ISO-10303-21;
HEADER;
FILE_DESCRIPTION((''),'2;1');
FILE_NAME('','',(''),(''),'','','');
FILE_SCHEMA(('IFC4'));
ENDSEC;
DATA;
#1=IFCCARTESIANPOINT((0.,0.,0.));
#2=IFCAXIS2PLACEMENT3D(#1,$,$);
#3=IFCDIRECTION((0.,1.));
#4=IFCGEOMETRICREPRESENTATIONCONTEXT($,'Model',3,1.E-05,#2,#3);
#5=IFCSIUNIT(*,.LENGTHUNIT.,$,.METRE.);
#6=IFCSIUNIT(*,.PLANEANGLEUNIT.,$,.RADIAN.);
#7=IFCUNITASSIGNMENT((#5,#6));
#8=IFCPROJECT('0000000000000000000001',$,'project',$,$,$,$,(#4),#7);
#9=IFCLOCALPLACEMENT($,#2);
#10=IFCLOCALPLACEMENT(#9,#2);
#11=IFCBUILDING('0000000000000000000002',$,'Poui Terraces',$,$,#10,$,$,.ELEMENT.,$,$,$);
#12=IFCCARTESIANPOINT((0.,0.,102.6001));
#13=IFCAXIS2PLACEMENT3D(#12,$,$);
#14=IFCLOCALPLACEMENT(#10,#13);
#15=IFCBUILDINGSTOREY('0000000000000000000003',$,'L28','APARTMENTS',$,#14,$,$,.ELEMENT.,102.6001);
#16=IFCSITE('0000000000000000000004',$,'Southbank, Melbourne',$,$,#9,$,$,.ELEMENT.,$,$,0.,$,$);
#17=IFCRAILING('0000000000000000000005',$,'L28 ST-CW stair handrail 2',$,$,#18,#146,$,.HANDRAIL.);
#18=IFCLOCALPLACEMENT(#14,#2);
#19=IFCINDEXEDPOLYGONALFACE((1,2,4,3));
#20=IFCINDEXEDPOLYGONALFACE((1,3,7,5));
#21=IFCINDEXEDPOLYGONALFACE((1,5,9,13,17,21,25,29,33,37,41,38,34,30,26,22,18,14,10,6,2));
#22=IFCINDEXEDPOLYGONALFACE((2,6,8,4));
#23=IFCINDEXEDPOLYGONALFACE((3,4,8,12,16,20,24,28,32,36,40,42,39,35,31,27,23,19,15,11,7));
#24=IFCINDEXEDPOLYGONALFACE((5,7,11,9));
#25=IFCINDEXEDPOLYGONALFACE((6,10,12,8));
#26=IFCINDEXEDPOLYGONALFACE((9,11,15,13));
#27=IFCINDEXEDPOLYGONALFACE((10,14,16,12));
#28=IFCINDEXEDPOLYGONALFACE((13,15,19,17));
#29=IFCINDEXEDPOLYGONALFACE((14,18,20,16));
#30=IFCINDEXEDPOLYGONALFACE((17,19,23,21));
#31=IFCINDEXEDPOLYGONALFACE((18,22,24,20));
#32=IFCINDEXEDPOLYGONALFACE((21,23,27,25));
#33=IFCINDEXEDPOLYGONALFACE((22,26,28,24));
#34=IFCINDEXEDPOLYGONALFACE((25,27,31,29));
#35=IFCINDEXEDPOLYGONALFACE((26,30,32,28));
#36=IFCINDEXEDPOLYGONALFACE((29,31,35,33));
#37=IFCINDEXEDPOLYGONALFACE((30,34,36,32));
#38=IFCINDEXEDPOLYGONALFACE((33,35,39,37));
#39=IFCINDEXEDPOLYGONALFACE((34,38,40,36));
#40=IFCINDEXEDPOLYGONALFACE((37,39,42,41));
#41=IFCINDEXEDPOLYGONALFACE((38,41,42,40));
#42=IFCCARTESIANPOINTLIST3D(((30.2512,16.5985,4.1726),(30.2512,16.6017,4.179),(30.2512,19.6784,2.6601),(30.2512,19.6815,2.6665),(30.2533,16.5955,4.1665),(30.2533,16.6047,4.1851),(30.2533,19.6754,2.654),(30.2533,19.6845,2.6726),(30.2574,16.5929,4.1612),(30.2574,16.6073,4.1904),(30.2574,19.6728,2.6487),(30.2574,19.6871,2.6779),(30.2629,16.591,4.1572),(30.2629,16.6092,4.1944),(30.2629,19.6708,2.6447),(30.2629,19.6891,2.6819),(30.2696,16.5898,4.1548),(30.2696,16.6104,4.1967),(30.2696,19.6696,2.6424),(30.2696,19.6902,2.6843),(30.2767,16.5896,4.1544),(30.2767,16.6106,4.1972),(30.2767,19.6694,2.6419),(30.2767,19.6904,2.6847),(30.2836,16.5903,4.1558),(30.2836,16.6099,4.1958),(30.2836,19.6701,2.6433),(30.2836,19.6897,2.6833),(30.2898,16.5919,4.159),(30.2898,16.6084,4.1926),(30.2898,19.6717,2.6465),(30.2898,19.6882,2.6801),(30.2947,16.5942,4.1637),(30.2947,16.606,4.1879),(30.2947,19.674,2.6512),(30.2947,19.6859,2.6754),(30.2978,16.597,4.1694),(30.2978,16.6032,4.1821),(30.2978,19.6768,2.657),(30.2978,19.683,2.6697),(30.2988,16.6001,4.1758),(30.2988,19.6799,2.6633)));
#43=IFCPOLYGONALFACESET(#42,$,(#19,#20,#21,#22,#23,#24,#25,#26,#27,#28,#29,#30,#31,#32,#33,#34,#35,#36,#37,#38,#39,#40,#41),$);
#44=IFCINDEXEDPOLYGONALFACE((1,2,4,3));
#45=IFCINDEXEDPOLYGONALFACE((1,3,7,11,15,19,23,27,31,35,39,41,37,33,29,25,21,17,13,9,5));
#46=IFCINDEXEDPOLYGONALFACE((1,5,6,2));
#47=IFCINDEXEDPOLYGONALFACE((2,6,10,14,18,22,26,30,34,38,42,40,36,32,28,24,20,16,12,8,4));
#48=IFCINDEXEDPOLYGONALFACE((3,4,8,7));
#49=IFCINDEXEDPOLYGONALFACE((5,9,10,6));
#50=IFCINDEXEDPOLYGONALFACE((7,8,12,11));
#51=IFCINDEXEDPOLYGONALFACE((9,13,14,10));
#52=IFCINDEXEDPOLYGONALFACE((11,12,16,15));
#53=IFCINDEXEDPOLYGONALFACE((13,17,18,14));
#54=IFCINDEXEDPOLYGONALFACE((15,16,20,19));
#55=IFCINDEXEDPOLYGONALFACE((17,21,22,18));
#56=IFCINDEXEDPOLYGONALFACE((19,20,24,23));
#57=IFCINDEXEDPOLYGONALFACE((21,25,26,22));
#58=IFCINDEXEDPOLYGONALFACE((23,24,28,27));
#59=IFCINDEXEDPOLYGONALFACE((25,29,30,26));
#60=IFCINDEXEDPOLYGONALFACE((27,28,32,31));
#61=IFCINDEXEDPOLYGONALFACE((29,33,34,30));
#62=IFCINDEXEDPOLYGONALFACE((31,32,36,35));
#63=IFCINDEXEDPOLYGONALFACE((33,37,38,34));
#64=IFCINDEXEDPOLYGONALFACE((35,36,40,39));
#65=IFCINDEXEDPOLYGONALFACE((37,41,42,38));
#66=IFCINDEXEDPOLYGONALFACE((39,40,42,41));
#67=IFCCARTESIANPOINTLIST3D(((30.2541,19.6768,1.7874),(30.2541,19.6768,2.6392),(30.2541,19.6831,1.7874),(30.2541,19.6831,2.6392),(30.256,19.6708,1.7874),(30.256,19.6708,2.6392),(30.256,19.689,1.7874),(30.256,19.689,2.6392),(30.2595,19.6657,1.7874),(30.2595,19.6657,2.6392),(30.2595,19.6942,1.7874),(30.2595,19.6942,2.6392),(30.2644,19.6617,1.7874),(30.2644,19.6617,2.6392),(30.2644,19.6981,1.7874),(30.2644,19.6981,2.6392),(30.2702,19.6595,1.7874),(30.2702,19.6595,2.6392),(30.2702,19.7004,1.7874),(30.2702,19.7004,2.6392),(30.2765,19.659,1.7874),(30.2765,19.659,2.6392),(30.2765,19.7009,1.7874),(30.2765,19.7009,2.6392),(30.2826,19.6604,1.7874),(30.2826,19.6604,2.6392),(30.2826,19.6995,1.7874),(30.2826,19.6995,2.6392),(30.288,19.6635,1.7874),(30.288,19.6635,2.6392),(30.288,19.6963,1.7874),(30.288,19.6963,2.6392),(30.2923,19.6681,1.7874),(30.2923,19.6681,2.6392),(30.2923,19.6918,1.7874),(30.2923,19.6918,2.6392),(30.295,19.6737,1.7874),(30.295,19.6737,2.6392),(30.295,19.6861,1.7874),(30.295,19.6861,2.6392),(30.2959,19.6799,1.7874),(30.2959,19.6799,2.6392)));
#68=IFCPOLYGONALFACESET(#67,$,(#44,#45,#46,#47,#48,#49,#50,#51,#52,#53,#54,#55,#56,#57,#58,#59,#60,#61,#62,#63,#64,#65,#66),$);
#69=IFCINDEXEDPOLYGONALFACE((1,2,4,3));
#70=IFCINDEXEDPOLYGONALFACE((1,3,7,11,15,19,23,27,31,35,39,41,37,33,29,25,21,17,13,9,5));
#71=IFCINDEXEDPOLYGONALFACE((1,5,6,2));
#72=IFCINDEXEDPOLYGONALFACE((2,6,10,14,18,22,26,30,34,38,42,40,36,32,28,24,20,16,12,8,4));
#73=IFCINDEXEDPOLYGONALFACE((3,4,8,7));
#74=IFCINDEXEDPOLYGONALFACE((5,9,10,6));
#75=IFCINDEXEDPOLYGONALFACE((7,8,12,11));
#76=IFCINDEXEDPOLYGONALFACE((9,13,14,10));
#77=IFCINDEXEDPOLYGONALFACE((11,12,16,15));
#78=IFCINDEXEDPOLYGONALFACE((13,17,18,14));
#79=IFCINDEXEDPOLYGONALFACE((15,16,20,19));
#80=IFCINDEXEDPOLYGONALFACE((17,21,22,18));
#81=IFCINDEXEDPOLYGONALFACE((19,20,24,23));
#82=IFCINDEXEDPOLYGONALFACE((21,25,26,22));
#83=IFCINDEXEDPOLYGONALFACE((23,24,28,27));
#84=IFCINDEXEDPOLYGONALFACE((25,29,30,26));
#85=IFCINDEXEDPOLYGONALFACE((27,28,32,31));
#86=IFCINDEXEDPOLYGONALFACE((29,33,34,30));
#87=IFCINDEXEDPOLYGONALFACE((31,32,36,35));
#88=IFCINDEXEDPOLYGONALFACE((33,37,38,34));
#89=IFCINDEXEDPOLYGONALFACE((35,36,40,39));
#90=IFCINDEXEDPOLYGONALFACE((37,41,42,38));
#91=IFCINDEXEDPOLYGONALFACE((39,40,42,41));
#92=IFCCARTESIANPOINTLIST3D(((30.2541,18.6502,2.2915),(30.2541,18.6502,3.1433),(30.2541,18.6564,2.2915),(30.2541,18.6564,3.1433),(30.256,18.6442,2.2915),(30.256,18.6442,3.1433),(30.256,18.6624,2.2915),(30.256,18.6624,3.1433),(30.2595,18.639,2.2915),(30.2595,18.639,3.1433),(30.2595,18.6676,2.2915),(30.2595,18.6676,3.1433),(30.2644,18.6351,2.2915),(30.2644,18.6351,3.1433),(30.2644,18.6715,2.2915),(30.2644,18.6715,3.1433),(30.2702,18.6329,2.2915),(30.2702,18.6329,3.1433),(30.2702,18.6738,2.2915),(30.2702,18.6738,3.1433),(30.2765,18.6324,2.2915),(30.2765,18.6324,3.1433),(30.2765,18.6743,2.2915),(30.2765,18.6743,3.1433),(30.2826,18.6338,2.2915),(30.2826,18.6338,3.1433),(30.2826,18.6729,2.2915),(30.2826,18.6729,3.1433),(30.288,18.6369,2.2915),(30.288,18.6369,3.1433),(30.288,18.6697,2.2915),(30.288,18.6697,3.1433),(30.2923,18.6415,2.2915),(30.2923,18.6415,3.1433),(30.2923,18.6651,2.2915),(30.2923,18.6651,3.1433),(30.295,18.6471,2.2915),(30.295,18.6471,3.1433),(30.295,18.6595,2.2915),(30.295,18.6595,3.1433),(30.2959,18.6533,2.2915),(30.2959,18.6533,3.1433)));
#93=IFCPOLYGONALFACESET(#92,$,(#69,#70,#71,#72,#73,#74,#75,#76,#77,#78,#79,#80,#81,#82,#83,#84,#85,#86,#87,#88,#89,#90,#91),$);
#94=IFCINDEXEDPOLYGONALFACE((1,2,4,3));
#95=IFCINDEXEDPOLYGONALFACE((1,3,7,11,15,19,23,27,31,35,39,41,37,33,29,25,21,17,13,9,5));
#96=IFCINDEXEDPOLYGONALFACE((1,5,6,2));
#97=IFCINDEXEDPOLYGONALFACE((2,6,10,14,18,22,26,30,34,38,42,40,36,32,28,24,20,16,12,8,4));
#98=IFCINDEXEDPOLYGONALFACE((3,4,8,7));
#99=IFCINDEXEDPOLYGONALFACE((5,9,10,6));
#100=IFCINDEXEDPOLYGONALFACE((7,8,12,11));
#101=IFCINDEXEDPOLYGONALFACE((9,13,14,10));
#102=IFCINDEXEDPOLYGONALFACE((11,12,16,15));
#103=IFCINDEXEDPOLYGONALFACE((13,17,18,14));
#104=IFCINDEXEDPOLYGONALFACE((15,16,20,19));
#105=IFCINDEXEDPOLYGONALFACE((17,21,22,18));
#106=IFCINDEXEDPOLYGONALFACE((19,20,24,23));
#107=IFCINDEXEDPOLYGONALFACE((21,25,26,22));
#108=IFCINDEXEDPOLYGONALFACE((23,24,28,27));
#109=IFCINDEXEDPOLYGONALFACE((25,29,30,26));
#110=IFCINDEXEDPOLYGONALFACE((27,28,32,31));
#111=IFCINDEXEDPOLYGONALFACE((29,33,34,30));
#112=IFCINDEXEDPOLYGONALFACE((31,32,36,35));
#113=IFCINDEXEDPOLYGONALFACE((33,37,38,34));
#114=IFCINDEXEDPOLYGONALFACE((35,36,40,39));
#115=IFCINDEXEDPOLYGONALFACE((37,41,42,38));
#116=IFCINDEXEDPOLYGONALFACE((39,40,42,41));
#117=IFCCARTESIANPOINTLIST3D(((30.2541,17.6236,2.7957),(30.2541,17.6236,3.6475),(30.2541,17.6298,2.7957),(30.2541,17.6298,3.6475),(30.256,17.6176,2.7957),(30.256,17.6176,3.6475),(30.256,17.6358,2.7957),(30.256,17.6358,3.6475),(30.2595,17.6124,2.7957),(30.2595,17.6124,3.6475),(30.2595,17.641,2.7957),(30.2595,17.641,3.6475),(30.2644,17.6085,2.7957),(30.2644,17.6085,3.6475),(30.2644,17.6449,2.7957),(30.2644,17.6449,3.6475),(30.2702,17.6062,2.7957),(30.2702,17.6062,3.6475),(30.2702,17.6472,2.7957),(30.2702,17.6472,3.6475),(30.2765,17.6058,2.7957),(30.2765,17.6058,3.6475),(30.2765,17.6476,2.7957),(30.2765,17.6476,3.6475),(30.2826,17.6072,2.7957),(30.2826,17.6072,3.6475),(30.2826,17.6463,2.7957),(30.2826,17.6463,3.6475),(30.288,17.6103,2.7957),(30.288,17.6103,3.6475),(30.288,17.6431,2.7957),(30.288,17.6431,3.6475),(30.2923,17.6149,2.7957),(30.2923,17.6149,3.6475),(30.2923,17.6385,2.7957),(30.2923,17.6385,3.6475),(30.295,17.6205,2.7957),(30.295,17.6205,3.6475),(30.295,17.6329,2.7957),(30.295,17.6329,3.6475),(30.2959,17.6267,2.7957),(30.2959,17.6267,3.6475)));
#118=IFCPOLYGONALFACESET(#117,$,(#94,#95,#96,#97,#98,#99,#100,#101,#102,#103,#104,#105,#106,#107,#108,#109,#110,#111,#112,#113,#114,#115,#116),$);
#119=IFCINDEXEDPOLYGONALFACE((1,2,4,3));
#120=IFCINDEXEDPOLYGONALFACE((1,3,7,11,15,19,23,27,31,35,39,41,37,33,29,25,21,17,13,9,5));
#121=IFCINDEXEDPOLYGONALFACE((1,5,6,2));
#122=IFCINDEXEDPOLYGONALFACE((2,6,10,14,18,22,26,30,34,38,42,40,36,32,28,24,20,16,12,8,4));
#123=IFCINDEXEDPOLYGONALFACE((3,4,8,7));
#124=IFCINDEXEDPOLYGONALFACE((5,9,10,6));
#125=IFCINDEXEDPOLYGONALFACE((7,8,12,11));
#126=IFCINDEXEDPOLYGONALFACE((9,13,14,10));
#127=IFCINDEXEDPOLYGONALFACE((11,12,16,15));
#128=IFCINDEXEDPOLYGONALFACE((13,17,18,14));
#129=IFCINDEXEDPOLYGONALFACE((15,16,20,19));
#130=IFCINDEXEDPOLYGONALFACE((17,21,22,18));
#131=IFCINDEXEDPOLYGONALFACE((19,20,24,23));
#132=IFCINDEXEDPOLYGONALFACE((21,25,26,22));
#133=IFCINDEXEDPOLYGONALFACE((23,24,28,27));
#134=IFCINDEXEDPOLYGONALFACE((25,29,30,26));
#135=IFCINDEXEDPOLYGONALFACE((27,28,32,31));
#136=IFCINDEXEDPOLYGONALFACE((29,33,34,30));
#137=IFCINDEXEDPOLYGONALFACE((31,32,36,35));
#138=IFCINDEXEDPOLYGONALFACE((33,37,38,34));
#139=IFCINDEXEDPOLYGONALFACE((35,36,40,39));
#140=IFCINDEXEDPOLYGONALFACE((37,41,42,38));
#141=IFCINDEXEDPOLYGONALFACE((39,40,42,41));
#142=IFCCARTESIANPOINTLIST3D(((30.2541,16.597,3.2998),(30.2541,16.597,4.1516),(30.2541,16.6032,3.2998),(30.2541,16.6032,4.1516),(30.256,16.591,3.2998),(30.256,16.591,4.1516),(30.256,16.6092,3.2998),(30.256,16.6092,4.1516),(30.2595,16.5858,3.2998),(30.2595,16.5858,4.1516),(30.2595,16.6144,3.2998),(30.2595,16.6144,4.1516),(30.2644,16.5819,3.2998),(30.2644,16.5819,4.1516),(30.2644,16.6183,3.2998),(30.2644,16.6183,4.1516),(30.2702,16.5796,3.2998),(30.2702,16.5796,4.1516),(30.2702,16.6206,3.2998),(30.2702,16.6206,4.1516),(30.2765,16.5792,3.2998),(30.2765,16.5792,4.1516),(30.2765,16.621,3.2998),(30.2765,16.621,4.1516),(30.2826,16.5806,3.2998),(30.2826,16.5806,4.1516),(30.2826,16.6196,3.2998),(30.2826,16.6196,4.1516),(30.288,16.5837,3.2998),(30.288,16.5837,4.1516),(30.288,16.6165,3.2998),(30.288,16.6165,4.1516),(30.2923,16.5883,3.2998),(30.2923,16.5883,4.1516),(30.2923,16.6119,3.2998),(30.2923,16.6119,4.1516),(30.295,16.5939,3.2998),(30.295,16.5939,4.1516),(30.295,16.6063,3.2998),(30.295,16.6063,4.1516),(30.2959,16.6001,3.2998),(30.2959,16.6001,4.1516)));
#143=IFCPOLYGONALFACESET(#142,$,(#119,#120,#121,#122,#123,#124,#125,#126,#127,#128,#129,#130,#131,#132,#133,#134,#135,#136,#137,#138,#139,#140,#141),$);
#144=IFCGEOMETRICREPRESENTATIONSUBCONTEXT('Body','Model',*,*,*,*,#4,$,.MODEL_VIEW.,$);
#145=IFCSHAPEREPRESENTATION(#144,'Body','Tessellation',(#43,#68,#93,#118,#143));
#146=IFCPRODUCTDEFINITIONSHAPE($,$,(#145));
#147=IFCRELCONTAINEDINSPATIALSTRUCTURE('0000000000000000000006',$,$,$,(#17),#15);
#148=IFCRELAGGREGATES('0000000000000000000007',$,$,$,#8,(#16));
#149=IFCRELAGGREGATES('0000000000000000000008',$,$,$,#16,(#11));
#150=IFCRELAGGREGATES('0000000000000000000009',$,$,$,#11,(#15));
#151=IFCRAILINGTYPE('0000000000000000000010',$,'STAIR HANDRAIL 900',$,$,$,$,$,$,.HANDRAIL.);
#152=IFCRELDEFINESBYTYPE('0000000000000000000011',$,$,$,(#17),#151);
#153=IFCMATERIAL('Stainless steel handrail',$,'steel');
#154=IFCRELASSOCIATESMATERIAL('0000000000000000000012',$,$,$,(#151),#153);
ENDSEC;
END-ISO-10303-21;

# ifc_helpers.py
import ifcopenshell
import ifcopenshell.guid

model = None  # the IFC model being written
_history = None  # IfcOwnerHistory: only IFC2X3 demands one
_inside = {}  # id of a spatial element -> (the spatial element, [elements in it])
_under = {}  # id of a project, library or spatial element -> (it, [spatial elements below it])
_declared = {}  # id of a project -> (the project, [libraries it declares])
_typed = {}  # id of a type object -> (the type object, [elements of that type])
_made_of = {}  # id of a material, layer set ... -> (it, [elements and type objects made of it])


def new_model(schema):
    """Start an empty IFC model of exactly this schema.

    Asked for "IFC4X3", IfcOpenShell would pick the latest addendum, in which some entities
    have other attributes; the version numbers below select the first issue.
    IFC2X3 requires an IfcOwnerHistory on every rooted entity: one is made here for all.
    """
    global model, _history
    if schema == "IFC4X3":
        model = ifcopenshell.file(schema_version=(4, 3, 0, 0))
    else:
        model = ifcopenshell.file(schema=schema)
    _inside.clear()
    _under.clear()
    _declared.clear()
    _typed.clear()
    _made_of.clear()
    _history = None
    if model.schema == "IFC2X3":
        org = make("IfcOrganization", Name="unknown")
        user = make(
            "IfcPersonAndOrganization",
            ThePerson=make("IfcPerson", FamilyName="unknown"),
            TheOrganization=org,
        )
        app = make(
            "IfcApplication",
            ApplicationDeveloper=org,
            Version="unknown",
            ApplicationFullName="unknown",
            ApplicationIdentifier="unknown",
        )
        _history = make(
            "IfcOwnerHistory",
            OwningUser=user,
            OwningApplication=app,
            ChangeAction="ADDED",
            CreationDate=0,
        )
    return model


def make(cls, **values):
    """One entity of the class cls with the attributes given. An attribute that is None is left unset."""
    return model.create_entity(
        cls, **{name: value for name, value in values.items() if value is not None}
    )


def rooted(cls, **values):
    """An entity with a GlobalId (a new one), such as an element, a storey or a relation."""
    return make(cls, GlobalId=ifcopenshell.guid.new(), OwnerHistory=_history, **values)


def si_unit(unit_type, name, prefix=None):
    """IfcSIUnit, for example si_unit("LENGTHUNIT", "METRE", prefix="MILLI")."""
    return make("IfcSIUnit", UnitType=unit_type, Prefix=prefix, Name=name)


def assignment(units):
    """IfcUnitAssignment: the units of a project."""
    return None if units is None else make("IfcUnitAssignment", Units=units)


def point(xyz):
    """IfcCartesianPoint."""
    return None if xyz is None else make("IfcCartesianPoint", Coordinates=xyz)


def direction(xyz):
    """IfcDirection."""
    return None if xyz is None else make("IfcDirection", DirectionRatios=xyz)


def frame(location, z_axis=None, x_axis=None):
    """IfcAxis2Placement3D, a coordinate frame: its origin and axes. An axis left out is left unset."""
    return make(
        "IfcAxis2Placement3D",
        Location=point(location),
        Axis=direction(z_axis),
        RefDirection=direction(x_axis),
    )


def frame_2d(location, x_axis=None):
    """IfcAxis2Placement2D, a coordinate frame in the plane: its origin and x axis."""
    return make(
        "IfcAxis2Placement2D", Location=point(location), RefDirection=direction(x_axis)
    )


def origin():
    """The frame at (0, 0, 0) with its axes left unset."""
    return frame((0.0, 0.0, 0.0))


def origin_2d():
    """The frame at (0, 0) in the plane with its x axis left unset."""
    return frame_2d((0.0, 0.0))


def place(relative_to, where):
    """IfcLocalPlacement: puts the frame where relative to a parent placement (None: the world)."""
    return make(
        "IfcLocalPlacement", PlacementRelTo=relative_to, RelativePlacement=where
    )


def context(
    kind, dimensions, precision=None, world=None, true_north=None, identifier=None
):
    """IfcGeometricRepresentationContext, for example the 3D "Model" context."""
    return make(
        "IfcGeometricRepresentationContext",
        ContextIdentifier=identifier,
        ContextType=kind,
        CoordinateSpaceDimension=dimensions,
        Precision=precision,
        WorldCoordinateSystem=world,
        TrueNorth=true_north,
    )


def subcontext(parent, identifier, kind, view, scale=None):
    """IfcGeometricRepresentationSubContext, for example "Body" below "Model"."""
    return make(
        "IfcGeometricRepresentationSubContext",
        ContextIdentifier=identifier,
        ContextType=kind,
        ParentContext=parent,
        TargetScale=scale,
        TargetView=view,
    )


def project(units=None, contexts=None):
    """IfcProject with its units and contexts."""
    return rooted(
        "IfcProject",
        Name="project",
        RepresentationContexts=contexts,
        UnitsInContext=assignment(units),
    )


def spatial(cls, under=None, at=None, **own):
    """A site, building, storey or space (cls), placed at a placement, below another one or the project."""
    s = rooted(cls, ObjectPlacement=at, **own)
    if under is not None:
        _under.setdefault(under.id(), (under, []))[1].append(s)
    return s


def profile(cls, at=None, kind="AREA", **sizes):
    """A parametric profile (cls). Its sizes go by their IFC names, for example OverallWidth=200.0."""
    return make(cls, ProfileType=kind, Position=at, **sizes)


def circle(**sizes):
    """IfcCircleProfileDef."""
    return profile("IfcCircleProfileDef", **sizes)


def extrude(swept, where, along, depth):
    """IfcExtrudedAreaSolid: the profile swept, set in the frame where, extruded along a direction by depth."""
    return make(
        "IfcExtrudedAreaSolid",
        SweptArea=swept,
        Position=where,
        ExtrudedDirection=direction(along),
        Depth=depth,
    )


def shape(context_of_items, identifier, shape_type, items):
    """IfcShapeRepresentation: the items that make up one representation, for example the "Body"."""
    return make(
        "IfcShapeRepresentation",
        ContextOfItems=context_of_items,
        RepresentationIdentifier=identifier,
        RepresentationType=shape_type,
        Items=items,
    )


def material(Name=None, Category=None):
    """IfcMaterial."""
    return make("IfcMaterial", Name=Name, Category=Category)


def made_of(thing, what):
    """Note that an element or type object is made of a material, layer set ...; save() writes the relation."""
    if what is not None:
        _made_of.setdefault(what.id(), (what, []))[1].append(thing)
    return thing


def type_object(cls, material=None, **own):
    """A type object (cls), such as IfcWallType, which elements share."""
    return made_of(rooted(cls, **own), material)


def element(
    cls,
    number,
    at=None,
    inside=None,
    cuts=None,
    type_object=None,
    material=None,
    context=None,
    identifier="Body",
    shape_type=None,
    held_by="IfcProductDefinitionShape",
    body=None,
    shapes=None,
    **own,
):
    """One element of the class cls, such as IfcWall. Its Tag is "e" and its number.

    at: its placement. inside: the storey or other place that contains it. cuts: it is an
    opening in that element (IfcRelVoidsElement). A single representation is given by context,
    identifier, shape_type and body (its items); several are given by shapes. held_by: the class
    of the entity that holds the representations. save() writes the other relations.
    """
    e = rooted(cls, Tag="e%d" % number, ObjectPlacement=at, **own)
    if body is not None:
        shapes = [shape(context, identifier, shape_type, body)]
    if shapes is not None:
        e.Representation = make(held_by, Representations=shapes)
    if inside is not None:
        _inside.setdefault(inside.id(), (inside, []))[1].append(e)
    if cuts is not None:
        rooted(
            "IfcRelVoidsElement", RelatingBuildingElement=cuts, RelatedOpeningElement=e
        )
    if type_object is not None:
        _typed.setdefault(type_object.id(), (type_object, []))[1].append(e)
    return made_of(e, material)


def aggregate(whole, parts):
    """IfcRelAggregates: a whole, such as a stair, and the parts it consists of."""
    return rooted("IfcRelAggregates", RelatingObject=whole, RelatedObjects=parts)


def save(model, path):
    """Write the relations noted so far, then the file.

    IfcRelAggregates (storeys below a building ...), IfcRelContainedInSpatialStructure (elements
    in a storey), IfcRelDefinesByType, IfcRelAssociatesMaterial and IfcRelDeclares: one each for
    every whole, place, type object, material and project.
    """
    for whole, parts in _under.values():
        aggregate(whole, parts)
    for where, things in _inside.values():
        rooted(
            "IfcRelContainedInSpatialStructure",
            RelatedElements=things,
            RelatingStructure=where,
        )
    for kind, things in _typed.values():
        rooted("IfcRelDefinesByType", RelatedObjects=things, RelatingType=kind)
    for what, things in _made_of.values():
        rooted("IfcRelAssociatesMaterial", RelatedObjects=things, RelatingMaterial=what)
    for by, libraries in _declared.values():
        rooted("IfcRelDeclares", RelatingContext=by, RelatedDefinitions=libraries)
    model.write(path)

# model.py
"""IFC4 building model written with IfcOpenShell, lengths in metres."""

from ifc_helpers import new_model, si_unit, direction, frame, origin, origin_2d, place, context, subcontext, project, spatial, circle, extrude, material, type_object, element, save


model = new_model("IFC4")

# Units and contexts
model_context = context("Model", 3, precision=1e-05, world=origin(), true_north=direction((0.0, 1.0)))
body_context = subcontext(model_context, "Body", "Model", "MODEL_VIEW")
ifc_project = project(units=[si_unit("LENGTHUNIT", "METRE"), si_unit("PLANEANGLEUNIT", "RADIAN")], contexts=[model_context])

# Site, building, storey
site_placement = place(None, origin())
site = spatial("IfcSite", under=ifc_project, at=site_placement, Name="Southbank, Melbourne", CompositionType="ELEMENT", RefElevation=0.0)
building_placement = place(site_placement, origin())
building = spatial("IfcBuilding", under=site, at=building_placement, Name="Poui Terraces", CompositionType="ELEMENT")
storey_placement = place(building_placement, frame((0.0, 0.0, 102.6001)))
storey = spatial("IfcBuildingStorey", under=building, at=storey_placement, Name="L28", Description="APARTMENTS", CompositionType="ELEMENT", Elevation=102.6001)

# Railing
ifc_material_1 = material(Name="Stainless steel handrail", Category="steel")
railing_type_1 = type_object("IfcRailingType", Name="STAIR HANDRAIL 900", PredefinedType="HANDRAIL", material=ifc_material_1)
railing_1_placement = place(storey_placement, frame((30.2749, 19.6799, 1.7874)))
element("IfcRailing", 1, at=railing_1_placement, inside=storey, type_object=railing_type_1, Name="L28 ST-CW stair handrail 2", PredefinedType="HANDRAIL", context=body_context, shape_type="SweptSolid", body=[
    extrude(circle(Radius=0.0239, at=origin_2d()), frame((0.0, 0.0, 0.876), z_axis=(0.0, -0.897606, 0.440798), x_axis=(1.0, 0.0, 0.0)), (0.0, 0.0, 1.0), 3.4312),
    extrude(circle(Radius=0.021, at=origin_2d()), origin(), (0.0, 0.0, 1.0), 0.8518),
    extrude(circle(Radius=0.021, at=origin_2d()), frame((0.0, -1.0266, 0.5042)), (0.0, 0.0, 1.0), 0.8518),
    extrude(circle(Radius=0.021, at=origin_2d()), frame((0.0, -2.0532, 1.0083)), (0.0, 0.0, 1.0), 0.8518),
    extrude(circle(Radius=0.021, at=origin_2d()), frame((0.0, -3.0798, 1.5125)), (0.0, 0.0, 1.0), 0.8518),
])

save(model, "model.ifc")
